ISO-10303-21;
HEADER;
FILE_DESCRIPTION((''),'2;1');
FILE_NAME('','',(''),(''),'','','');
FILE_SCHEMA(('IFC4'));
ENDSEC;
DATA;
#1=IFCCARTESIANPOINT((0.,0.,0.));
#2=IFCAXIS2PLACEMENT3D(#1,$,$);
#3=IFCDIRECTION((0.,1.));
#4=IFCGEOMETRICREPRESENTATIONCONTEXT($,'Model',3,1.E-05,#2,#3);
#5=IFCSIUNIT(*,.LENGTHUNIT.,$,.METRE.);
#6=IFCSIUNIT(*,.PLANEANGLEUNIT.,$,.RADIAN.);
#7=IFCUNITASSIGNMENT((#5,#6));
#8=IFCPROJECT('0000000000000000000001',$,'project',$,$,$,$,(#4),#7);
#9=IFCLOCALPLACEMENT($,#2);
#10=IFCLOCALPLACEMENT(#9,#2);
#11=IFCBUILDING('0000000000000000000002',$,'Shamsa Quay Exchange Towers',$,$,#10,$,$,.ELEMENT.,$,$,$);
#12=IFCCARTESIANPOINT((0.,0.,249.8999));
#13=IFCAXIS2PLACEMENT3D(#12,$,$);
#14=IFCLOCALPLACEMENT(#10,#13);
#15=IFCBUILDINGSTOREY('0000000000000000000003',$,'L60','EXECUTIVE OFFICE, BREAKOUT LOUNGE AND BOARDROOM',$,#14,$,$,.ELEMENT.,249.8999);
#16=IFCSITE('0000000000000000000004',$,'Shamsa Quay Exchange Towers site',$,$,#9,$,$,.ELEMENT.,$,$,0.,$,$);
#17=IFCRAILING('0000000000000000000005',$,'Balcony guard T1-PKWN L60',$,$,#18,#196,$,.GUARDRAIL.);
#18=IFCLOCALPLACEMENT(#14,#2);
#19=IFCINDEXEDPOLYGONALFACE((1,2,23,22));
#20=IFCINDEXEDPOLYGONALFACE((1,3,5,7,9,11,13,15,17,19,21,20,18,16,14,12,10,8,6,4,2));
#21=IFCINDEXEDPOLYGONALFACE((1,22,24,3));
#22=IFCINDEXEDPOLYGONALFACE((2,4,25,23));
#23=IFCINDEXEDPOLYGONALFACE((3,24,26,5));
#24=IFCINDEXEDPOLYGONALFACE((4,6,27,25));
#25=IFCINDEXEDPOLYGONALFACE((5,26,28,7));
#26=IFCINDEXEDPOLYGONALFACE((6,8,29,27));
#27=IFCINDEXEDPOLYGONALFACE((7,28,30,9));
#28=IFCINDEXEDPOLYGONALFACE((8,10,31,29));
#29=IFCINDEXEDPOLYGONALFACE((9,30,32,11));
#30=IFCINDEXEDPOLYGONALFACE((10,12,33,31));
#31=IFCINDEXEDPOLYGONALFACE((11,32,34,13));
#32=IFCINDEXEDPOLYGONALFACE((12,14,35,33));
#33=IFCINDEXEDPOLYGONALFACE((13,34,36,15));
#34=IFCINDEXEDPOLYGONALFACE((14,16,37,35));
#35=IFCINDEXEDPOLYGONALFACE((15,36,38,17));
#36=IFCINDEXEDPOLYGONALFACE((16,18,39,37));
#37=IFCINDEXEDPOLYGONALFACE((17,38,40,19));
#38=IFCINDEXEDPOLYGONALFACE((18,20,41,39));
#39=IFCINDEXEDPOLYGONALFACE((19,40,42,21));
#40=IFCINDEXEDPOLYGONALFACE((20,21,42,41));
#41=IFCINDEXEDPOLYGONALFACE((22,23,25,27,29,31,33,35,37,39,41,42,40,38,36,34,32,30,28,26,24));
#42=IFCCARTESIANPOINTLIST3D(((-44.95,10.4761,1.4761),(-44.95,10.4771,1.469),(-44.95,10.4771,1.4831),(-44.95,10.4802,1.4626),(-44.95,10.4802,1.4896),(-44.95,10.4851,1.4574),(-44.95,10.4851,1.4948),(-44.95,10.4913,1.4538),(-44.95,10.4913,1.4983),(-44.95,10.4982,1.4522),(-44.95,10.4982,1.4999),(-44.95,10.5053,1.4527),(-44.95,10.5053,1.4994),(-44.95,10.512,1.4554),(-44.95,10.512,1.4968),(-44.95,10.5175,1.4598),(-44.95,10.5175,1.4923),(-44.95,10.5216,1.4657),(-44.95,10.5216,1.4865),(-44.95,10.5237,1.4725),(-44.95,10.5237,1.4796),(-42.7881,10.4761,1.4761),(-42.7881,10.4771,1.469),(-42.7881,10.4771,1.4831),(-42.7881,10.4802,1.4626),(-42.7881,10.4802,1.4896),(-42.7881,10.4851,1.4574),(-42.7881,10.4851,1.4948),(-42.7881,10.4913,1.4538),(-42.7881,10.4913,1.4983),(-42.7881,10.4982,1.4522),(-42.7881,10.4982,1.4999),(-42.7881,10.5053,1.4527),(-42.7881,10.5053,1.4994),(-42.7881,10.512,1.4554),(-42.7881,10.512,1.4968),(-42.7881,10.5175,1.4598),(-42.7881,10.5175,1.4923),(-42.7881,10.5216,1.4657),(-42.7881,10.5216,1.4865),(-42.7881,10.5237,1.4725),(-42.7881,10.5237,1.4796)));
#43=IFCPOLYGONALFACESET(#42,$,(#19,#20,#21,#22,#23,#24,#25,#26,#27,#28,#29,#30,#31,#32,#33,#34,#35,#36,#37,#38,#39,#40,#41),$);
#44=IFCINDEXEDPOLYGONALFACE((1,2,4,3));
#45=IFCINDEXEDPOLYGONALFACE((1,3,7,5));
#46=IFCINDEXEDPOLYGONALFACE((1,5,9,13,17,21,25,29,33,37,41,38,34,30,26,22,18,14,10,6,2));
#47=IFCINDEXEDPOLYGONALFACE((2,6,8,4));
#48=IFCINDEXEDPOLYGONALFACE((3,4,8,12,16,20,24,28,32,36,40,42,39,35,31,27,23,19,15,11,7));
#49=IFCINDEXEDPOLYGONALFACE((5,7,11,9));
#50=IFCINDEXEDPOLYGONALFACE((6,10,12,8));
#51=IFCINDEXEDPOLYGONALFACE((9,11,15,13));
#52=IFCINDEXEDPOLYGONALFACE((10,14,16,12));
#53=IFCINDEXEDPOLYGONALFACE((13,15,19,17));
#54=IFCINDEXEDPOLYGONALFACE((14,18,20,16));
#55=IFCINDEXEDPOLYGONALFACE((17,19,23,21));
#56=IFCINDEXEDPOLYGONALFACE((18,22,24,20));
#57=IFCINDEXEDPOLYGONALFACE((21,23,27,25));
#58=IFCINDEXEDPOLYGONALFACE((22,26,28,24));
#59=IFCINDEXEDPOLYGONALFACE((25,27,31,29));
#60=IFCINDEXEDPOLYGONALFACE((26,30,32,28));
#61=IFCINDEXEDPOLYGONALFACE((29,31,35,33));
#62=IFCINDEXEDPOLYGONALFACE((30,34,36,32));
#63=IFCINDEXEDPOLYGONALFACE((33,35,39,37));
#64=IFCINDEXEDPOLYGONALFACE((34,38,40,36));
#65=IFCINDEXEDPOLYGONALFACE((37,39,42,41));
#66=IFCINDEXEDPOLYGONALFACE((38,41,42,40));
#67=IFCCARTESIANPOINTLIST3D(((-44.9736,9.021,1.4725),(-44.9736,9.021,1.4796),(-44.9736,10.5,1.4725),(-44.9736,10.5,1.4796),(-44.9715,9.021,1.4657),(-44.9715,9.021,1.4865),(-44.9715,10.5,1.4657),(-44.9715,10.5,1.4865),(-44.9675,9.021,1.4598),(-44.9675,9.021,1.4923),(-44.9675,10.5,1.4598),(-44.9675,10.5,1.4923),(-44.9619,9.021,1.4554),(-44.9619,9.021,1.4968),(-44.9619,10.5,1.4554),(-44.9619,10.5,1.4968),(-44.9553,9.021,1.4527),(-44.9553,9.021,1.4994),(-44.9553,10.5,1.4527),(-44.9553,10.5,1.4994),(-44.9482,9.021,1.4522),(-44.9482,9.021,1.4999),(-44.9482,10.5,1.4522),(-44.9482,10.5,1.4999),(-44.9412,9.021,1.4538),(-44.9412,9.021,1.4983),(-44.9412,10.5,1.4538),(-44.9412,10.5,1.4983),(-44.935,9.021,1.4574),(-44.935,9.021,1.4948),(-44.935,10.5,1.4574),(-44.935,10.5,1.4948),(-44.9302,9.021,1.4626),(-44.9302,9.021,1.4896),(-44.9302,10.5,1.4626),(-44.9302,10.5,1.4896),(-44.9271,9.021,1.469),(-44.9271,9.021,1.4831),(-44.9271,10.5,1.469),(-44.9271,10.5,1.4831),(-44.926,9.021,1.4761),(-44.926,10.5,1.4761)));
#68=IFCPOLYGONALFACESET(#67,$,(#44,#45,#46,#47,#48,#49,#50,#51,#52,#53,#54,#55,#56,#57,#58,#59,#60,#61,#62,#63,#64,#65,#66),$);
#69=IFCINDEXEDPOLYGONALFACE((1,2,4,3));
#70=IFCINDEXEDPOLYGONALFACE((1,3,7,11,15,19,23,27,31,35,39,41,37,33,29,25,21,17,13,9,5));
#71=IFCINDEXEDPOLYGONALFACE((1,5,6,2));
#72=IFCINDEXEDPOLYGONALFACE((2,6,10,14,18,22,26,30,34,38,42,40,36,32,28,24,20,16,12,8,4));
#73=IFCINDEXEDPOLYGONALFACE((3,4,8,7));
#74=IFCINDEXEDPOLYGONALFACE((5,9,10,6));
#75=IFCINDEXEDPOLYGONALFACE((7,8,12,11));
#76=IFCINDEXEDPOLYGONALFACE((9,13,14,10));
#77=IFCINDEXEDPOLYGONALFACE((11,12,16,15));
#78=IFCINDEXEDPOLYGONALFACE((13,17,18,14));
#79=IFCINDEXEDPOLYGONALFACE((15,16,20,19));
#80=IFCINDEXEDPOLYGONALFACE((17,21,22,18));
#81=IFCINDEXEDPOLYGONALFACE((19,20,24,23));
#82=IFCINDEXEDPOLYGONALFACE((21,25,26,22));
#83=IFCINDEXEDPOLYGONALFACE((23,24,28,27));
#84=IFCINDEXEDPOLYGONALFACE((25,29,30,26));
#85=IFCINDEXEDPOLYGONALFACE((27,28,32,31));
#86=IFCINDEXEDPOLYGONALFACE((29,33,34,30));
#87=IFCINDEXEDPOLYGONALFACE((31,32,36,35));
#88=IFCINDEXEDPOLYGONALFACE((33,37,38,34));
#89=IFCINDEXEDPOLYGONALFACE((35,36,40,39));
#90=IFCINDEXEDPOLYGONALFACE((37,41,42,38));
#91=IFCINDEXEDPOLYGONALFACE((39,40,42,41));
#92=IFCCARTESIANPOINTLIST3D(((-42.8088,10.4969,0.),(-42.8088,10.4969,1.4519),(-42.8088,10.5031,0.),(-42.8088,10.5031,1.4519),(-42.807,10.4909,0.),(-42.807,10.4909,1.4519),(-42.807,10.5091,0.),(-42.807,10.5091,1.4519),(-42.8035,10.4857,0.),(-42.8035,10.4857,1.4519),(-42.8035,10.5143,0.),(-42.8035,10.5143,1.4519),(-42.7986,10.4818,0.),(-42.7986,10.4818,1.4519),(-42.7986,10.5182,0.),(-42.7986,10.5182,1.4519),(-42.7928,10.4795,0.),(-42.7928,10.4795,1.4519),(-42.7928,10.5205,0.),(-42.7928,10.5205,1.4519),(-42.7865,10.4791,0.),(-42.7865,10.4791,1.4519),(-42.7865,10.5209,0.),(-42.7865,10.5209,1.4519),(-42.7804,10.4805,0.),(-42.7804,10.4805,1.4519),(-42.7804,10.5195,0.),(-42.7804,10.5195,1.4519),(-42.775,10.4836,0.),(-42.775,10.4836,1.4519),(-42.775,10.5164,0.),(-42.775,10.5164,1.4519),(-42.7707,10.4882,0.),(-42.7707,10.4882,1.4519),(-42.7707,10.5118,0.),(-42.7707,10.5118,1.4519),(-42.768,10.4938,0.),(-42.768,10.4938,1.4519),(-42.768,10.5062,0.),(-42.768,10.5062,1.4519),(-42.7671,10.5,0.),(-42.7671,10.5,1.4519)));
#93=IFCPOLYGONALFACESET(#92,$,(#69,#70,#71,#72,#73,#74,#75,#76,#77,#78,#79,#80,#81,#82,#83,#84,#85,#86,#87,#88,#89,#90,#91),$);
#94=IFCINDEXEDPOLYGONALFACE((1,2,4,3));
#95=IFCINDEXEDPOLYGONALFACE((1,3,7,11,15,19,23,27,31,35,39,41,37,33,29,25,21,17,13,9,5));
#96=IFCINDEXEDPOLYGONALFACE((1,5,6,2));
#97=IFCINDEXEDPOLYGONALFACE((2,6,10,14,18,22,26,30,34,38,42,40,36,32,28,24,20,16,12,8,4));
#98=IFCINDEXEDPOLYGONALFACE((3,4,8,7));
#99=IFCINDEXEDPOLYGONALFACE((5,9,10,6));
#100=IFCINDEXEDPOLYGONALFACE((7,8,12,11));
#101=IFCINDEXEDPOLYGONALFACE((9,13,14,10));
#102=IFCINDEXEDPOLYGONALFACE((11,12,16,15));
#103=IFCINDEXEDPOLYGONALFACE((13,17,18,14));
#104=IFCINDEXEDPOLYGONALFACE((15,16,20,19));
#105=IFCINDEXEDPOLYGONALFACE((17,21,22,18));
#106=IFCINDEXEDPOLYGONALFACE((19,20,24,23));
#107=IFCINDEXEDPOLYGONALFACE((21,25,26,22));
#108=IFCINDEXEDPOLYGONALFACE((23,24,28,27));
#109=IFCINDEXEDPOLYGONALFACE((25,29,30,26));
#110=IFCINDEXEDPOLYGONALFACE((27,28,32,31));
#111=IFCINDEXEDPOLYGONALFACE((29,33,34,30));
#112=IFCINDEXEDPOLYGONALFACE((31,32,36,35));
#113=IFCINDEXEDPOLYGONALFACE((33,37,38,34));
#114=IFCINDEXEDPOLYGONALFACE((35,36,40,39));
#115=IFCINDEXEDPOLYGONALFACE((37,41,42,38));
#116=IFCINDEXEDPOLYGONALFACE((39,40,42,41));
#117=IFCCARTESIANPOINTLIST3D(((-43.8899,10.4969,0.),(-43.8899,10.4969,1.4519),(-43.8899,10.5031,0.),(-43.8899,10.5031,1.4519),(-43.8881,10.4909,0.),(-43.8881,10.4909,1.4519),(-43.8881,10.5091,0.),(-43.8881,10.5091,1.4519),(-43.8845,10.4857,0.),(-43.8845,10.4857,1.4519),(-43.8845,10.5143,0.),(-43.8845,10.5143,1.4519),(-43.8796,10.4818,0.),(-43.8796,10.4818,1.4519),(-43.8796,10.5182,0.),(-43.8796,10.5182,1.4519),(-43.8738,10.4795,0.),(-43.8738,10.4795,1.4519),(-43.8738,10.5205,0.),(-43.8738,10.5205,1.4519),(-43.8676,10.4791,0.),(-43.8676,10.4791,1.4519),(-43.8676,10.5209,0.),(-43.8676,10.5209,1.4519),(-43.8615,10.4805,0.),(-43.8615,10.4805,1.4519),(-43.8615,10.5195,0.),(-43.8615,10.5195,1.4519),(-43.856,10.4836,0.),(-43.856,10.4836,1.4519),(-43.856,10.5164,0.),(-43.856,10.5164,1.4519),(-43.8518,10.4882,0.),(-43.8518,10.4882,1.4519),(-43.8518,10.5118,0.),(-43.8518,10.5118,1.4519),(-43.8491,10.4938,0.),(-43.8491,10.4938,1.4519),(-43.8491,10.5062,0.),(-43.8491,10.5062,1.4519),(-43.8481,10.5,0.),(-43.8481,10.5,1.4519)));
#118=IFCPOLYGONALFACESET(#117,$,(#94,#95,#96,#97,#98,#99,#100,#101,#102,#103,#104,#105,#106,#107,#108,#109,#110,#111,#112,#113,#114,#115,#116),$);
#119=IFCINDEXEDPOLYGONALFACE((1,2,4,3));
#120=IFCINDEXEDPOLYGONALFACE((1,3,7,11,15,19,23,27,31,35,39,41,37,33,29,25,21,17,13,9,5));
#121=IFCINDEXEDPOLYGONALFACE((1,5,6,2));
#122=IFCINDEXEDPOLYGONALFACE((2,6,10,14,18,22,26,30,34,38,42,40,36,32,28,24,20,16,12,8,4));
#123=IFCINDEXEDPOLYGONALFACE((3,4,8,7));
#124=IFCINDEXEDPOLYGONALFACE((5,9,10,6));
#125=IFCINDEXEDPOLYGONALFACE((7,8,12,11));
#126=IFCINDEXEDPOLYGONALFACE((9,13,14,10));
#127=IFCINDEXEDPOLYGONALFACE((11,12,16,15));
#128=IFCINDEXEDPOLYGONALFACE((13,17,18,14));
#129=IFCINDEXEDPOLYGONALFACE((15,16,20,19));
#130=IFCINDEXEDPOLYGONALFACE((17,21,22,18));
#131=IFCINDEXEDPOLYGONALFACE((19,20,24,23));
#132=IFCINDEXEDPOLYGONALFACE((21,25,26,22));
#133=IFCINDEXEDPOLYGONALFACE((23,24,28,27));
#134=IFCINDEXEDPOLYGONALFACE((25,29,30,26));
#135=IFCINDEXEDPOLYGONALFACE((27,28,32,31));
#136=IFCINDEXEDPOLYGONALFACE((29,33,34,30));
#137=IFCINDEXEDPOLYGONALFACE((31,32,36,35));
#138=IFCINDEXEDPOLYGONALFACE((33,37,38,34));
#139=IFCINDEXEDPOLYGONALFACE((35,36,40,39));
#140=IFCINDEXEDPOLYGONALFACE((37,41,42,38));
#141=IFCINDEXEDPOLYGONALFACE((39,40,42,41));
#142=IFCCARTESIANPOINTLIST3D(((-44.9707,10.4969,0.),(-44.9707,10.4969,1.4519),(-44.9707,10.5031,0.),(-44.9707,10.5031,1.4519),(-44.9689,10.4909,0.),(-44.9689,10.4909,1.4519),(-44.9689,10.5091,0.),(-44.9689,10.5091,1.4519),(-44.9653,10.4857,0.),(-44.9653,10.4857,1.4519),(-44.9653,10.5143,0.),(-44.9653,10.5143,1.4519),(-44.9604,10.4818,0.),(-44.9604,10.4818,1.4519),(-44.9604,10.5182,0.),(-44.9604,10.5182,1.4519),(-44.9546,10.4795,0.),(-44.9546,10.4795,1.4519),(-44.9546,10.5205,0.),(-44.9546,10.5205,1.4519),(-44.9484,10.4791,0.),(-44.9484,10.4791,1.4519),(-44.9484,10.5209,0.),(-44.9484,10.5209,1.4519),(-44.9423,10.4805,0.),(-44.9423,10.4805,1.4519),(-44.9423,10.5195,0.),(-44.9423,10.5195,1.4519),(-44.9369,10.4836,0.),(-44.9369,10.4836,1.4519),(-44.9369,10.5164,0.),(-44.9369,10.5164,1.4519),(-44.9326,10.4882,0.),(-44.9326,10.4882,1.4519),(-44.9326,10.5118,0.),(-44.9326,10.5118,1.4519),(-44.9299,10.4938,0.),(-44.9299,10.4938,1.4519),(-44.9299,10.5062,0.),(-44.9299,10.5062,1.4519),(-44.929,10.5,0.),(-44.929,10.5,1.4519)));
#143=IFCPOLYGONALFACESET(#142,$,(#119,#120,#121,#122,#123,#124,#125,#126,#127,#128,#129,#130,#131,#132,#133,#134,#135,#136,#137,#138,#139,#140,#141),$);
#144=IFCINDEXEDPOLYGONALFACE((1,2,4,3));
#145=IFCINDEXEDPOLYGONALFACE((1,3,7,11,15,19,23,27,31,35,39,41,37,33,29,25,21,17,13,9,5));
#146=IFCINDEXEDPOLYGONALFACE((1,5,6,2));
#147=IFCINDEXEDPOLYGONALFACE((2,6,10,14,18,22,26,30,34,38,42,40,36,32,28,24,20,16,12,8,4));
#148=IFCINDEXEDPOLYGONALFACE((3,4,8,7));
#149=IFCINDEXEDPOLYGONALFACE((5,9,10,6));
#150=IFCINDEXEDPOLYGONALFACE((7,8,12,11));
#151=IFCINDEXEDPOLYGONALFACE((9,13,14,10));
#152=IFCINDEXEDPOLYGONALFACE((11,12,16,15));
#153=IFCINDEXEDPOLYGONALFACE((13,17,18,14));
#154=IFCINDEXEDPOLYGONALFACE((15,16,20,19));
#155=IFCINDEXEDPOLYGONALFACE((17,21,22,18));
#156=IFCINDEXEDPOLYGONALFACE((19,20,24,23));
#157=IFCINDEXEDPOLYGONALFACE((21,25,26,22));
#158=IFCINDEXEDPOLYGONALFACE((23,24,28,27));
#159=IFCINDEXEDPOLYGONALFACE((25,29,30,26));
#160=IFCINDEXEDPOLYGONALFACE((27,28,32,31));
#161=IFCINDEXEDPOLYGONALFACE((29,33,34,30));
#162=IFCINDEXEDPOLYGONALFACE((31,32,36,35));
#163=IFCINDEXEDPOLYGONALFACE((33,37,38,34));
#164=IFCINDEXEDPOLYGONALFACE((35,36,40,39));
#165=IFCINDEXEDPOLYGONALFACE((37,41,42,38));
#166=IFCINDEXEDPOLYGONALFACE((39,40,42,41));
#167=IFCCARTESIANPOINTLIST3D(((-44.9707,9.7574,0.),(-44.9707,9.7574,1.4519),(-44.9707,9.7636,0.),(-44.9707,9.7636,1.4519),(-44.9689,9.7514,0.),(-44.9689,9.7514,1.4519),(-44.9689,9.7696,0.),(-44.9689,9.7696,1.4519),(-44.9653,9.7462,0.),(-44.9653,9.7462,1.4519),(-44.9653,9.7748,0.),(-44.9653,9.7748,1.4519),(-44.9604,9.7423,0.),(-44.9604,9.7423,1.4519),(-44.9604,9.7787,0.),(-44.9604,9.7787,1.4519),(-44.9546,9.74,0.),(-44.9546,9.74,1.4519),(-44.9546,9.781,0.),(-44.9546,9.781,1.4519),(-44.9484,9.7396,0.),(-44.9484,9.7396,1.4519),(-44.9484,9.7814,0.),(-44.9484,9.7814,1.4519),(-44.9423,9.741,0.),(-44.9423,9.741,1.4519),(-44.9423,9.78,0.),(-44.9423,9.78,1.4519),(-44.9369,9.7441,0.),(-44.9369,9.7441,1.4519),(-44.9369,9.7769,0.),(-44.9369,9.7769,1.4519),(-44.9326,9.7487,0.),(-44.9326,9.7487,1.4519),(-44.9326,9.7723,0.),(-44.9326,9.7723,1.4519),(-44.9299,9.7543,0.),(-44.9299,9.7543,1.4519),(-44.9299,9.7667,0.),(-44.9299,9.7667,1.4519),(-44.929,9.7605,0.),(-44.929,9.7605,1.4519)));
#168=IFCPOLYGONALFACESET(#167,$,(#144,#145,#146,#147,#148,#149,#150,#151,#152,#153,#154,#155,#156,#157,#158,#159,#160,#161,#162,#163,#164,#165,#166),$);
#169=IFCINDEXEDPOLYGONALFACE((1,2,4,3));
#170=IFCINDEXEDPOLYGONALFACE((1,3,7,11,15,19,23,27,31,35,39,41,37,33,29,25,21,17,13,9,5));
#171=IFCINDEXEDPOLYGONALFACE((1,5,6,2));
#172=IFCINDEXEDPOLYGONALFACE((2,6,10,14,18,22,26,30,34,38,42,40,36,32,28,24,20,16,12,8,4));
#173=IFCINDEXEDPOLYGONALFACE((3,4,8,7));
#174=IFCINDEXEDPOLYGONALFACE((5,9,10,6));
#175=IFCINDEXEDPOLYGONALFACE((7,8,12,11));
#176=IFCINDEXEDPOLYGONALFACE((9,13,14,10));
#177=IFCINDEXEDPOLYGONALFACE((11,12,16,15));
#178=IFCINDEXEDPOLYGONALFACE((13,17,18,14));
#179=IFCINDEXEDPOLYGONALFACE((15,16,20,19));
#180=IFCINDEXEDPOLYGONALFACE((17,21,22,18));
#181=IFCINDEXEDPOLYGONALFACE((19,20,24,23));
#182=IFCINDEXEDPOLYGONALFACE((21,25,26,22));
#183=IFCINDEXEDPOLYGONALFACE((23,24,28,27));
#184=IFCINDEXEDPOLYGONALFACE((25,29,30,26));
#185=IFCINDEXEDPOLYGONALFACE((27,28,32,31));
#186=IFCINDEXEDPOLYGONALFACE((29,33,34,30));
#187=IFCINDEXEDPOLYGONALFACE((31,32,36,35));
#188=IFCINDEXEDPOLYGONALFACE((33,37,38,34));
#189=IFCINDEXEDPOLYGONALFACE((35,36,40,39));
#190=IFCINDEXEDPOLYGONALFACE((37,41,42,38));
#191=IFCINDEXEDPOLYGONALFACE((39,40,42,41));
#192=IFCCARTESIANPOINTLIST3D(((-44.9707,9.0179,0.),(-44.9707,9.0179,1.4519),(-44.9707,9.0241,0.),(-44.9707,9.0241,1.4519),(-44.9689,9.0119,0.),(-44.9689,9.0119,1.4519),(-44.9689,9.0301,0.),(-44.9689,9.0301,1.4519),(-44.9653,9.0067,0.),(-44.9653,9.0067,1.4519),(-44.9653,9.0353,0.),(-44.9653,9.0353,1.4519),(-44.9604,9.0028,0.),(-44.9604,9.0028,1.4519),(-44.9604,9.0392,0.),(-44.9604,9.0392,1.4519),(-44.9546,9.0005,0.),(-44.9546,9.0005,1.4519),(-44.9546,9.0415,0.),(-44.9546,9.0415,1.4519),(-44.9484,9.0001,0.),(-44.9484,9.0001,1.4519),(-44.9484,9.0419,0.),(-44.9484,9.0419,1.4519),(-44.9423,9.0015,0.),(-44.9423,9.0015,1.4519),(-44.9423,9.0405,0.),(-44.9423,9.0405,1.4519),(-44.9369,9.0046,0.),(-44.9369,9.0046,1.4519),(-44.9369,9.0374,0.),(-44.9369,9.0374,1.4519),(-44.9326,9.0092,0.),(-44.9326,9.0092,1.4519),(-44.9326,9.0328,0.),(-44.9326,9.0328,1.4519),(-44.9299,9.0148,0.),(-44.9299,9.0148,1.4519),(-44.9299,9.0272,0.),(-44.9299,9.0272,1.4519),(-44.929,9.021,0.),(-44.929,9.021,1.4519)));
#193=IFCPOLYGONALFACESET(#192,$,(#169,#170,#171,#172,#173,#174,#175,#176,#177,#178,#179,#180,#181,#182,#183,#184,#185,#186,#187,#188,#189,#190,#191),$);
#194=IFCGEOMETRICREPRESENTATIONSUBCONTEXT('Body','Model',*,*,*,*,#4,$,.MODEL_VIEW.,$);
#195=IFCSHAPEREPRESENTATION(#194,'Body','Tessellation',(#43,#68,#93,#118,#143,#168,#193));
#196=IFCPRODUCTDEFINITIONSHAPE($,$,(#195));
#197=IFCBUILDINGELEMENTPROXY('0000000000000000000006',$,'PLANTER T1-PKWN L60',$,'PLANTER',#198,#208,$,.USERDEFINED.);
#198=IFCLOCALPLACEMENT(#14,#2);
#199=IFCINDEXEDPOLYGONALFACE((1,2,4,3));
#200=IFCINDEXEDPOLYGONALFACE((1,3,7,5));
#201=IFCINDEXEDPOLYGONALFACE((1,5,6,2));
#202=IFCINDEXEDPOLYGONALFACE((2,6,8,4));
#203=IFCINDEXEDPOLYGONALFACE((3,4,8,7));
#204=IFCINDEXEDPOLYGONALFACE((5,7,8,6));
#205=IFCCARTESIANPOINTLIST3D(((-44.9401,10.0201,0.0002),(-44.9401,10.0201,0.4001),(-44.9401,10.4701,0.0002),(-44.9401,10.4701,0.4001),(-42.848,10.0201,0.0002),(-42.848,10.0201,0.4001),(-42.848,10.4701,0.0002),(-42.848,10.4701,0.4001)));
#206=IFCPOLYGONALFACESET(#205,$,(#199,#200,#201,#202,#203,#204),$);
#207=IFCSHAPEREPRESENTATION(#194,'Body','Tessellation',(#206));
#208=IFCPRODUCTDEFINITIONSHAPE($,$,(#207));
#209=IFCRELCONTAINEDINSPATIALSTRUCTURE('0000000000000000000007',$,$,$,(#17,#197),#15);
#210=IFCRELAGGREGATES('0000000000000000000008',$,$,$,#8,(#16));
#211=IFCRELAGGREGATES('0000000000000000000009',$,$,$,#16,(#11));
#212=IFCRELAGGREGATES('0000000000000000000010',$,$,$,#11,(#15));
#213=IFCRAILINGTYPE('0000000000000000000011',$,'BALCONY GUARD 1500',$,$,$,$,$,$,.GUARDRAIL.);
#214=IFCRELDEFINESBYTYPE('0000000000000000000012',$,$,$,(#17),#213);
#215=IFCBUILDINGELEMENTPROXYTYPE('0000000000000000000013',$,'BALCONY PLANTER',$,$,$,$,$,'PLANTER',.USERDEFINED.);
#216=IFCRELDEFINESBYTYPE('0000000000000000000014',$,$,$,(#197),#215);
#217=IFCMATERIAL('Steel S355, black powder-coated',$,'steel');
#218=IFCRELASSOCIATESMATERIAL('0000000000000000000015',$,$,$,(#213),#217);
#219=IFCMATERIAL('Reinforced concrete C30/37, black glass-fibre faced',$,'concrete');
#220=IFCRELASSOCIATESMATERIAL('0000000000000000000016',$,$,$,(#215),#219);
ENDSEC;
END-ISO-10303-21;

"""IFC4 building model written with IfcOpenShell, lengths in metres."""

from ifc_helpers import new_model, si_unit, direction, frame, origin, origin_2d, place, context, subcontext, project, spatial, rectangle, circle, extrude, material, type_object, element, save


model = new_model("IFC4")

# Units and contexts
model_context = context("Model", 3, precision=1e-05, world=origin(), true_north=direction((0.0, 1.0)))
body_context = subcontext(model_context, "Body", "Model", "MODEL_VIEW")
ifc_project = project(units=[si_unit("LENGTHUNIT", "METRE"), si_unit("PLANEANGLEUNIT", "RADIAN")], contexts=[model_context])

# Site, building, storey
site_placement = place(None, origin())
site = spatial("IfcSite", under=ifc_project, at=site_placement, Name="Shamsa Quay Exchange Towers site", CompositionType="ELEMENT", RefElevation=0.0)
building_placement = place(site_placement, origin())
building = spatial("IfcBuilding", under=site, at=building_placement, Name="Shamsa Quay Exchange Towers", CompositionType="ELEMENT")
storey_placement = place(building_placement, frame((0.0, 0.0, 249.8999)))
storey = spatial("IfcBuildingStorey", under=building, at=storey_placement, Name="L60", Description="EXECUTIVE OFFICE, BREAKOUT LOUNGE AND BOARDROOM", CompositionType="ELEMENT", Elevation=249.8999)

# Railing
ifc_material_1 = material(Name="Steel S355, black powder-coated", Category="steel")
railing_type_1 = type_object("IfcRailingType", Name="BALCONY GUARD 1500", PredefinedType="GUARDRAIL", material=ifc_material_1)
railing_1_placement = place(storey_placement, frame((-42.7881, 10.5, 0.0)))
element("IfcRailing", 1, at=railing_1_placement, inside=storey, type_object=railing_type_1, Name="Balcony guard T1-PKWN L60", PredefinedType="GUARDRAIL", context=body_context, shape_type="SweptSolid", body=[
    extrude(circle(Radius=0.0239, at=origin_2d()), frame((0.0, 0.0, 1.4761), z_axis=(-1.0, 0.0, 0.0), x_axis=(0.0, -1.0, 0.0)), (0.0, 0.0, 1.0), 2.1619),
    extrude(circle(Radius=0.0239, at=origin_2d()), frame((-2.1619, 0.0, 1.4761), z_axis=(0.0, -1.0, 0.0), x_axis=(1.0, 0.0, 0.0)), (0.0, 0.0, 1.0), 1.479),
    extrude(circle(Radius=0.021, at=origin_2d()), origin(), (0.0, 0.0, 1.0), 1.4519),
    extrude(circle(Radius=0.021, at=origin_2d()), frame((-1.0811, 0.0, 0.0)), (0.0, 0.0, 1.0), 1.4519),
    extrude(circle(Radius=0.021, at=origin_2d()), frame((-2.1619, 0.0, 0.0)), (0.0, 0.0, 1.0), 1.4519),
    extrude(circle(Radius=0.021, at=origin_2d()), frame((-2.1619, -0.7395, 0.0)), (0.0, 0.0, 1.0), 1.4519),
    extrude(circle(Radius=0.021, at=origin_2d()), frame((-2.1619, -1.479, 0.0)), (0.0, 0.0, 1.0), 1.4519),
])

# Building element proxy
ifc_material_2 = material(Name="Reinforced concrete C30/37, black glass-fibre faced", Category="concrete")
building_element_proxy_type = type_object("IfcBuildingElementProxyType", Name="BALCONY PLANTER", ElementType="PLANTER", PredefinedType="USERDEFINED", material=ifc_material_2)
proxy_placement = place(storey_placement, frame((-43.894, 10.2451, 0.0002), z_axis=(0.0, 0.0, 1.0), x_axis=(-1.0, 0.0, 0.0)))
element("IfcBuildingElementProxy", 2, at=proxy_placement, inside=storey, type_object=building_element_proxy_type, Name="PLANTER T1-PKWN L60", ObjectType="PLANTER", PredefinedType="USERDEFINED", context=body_context, shape_type="SweptSolid", body=[
    extrude(rectangle(XDim=2.092, YDim=0.45, at=origin_2d()), origin(), (0.0, 0.0, 1.0), 0.3999),
])

save(model, "model.ifc")
